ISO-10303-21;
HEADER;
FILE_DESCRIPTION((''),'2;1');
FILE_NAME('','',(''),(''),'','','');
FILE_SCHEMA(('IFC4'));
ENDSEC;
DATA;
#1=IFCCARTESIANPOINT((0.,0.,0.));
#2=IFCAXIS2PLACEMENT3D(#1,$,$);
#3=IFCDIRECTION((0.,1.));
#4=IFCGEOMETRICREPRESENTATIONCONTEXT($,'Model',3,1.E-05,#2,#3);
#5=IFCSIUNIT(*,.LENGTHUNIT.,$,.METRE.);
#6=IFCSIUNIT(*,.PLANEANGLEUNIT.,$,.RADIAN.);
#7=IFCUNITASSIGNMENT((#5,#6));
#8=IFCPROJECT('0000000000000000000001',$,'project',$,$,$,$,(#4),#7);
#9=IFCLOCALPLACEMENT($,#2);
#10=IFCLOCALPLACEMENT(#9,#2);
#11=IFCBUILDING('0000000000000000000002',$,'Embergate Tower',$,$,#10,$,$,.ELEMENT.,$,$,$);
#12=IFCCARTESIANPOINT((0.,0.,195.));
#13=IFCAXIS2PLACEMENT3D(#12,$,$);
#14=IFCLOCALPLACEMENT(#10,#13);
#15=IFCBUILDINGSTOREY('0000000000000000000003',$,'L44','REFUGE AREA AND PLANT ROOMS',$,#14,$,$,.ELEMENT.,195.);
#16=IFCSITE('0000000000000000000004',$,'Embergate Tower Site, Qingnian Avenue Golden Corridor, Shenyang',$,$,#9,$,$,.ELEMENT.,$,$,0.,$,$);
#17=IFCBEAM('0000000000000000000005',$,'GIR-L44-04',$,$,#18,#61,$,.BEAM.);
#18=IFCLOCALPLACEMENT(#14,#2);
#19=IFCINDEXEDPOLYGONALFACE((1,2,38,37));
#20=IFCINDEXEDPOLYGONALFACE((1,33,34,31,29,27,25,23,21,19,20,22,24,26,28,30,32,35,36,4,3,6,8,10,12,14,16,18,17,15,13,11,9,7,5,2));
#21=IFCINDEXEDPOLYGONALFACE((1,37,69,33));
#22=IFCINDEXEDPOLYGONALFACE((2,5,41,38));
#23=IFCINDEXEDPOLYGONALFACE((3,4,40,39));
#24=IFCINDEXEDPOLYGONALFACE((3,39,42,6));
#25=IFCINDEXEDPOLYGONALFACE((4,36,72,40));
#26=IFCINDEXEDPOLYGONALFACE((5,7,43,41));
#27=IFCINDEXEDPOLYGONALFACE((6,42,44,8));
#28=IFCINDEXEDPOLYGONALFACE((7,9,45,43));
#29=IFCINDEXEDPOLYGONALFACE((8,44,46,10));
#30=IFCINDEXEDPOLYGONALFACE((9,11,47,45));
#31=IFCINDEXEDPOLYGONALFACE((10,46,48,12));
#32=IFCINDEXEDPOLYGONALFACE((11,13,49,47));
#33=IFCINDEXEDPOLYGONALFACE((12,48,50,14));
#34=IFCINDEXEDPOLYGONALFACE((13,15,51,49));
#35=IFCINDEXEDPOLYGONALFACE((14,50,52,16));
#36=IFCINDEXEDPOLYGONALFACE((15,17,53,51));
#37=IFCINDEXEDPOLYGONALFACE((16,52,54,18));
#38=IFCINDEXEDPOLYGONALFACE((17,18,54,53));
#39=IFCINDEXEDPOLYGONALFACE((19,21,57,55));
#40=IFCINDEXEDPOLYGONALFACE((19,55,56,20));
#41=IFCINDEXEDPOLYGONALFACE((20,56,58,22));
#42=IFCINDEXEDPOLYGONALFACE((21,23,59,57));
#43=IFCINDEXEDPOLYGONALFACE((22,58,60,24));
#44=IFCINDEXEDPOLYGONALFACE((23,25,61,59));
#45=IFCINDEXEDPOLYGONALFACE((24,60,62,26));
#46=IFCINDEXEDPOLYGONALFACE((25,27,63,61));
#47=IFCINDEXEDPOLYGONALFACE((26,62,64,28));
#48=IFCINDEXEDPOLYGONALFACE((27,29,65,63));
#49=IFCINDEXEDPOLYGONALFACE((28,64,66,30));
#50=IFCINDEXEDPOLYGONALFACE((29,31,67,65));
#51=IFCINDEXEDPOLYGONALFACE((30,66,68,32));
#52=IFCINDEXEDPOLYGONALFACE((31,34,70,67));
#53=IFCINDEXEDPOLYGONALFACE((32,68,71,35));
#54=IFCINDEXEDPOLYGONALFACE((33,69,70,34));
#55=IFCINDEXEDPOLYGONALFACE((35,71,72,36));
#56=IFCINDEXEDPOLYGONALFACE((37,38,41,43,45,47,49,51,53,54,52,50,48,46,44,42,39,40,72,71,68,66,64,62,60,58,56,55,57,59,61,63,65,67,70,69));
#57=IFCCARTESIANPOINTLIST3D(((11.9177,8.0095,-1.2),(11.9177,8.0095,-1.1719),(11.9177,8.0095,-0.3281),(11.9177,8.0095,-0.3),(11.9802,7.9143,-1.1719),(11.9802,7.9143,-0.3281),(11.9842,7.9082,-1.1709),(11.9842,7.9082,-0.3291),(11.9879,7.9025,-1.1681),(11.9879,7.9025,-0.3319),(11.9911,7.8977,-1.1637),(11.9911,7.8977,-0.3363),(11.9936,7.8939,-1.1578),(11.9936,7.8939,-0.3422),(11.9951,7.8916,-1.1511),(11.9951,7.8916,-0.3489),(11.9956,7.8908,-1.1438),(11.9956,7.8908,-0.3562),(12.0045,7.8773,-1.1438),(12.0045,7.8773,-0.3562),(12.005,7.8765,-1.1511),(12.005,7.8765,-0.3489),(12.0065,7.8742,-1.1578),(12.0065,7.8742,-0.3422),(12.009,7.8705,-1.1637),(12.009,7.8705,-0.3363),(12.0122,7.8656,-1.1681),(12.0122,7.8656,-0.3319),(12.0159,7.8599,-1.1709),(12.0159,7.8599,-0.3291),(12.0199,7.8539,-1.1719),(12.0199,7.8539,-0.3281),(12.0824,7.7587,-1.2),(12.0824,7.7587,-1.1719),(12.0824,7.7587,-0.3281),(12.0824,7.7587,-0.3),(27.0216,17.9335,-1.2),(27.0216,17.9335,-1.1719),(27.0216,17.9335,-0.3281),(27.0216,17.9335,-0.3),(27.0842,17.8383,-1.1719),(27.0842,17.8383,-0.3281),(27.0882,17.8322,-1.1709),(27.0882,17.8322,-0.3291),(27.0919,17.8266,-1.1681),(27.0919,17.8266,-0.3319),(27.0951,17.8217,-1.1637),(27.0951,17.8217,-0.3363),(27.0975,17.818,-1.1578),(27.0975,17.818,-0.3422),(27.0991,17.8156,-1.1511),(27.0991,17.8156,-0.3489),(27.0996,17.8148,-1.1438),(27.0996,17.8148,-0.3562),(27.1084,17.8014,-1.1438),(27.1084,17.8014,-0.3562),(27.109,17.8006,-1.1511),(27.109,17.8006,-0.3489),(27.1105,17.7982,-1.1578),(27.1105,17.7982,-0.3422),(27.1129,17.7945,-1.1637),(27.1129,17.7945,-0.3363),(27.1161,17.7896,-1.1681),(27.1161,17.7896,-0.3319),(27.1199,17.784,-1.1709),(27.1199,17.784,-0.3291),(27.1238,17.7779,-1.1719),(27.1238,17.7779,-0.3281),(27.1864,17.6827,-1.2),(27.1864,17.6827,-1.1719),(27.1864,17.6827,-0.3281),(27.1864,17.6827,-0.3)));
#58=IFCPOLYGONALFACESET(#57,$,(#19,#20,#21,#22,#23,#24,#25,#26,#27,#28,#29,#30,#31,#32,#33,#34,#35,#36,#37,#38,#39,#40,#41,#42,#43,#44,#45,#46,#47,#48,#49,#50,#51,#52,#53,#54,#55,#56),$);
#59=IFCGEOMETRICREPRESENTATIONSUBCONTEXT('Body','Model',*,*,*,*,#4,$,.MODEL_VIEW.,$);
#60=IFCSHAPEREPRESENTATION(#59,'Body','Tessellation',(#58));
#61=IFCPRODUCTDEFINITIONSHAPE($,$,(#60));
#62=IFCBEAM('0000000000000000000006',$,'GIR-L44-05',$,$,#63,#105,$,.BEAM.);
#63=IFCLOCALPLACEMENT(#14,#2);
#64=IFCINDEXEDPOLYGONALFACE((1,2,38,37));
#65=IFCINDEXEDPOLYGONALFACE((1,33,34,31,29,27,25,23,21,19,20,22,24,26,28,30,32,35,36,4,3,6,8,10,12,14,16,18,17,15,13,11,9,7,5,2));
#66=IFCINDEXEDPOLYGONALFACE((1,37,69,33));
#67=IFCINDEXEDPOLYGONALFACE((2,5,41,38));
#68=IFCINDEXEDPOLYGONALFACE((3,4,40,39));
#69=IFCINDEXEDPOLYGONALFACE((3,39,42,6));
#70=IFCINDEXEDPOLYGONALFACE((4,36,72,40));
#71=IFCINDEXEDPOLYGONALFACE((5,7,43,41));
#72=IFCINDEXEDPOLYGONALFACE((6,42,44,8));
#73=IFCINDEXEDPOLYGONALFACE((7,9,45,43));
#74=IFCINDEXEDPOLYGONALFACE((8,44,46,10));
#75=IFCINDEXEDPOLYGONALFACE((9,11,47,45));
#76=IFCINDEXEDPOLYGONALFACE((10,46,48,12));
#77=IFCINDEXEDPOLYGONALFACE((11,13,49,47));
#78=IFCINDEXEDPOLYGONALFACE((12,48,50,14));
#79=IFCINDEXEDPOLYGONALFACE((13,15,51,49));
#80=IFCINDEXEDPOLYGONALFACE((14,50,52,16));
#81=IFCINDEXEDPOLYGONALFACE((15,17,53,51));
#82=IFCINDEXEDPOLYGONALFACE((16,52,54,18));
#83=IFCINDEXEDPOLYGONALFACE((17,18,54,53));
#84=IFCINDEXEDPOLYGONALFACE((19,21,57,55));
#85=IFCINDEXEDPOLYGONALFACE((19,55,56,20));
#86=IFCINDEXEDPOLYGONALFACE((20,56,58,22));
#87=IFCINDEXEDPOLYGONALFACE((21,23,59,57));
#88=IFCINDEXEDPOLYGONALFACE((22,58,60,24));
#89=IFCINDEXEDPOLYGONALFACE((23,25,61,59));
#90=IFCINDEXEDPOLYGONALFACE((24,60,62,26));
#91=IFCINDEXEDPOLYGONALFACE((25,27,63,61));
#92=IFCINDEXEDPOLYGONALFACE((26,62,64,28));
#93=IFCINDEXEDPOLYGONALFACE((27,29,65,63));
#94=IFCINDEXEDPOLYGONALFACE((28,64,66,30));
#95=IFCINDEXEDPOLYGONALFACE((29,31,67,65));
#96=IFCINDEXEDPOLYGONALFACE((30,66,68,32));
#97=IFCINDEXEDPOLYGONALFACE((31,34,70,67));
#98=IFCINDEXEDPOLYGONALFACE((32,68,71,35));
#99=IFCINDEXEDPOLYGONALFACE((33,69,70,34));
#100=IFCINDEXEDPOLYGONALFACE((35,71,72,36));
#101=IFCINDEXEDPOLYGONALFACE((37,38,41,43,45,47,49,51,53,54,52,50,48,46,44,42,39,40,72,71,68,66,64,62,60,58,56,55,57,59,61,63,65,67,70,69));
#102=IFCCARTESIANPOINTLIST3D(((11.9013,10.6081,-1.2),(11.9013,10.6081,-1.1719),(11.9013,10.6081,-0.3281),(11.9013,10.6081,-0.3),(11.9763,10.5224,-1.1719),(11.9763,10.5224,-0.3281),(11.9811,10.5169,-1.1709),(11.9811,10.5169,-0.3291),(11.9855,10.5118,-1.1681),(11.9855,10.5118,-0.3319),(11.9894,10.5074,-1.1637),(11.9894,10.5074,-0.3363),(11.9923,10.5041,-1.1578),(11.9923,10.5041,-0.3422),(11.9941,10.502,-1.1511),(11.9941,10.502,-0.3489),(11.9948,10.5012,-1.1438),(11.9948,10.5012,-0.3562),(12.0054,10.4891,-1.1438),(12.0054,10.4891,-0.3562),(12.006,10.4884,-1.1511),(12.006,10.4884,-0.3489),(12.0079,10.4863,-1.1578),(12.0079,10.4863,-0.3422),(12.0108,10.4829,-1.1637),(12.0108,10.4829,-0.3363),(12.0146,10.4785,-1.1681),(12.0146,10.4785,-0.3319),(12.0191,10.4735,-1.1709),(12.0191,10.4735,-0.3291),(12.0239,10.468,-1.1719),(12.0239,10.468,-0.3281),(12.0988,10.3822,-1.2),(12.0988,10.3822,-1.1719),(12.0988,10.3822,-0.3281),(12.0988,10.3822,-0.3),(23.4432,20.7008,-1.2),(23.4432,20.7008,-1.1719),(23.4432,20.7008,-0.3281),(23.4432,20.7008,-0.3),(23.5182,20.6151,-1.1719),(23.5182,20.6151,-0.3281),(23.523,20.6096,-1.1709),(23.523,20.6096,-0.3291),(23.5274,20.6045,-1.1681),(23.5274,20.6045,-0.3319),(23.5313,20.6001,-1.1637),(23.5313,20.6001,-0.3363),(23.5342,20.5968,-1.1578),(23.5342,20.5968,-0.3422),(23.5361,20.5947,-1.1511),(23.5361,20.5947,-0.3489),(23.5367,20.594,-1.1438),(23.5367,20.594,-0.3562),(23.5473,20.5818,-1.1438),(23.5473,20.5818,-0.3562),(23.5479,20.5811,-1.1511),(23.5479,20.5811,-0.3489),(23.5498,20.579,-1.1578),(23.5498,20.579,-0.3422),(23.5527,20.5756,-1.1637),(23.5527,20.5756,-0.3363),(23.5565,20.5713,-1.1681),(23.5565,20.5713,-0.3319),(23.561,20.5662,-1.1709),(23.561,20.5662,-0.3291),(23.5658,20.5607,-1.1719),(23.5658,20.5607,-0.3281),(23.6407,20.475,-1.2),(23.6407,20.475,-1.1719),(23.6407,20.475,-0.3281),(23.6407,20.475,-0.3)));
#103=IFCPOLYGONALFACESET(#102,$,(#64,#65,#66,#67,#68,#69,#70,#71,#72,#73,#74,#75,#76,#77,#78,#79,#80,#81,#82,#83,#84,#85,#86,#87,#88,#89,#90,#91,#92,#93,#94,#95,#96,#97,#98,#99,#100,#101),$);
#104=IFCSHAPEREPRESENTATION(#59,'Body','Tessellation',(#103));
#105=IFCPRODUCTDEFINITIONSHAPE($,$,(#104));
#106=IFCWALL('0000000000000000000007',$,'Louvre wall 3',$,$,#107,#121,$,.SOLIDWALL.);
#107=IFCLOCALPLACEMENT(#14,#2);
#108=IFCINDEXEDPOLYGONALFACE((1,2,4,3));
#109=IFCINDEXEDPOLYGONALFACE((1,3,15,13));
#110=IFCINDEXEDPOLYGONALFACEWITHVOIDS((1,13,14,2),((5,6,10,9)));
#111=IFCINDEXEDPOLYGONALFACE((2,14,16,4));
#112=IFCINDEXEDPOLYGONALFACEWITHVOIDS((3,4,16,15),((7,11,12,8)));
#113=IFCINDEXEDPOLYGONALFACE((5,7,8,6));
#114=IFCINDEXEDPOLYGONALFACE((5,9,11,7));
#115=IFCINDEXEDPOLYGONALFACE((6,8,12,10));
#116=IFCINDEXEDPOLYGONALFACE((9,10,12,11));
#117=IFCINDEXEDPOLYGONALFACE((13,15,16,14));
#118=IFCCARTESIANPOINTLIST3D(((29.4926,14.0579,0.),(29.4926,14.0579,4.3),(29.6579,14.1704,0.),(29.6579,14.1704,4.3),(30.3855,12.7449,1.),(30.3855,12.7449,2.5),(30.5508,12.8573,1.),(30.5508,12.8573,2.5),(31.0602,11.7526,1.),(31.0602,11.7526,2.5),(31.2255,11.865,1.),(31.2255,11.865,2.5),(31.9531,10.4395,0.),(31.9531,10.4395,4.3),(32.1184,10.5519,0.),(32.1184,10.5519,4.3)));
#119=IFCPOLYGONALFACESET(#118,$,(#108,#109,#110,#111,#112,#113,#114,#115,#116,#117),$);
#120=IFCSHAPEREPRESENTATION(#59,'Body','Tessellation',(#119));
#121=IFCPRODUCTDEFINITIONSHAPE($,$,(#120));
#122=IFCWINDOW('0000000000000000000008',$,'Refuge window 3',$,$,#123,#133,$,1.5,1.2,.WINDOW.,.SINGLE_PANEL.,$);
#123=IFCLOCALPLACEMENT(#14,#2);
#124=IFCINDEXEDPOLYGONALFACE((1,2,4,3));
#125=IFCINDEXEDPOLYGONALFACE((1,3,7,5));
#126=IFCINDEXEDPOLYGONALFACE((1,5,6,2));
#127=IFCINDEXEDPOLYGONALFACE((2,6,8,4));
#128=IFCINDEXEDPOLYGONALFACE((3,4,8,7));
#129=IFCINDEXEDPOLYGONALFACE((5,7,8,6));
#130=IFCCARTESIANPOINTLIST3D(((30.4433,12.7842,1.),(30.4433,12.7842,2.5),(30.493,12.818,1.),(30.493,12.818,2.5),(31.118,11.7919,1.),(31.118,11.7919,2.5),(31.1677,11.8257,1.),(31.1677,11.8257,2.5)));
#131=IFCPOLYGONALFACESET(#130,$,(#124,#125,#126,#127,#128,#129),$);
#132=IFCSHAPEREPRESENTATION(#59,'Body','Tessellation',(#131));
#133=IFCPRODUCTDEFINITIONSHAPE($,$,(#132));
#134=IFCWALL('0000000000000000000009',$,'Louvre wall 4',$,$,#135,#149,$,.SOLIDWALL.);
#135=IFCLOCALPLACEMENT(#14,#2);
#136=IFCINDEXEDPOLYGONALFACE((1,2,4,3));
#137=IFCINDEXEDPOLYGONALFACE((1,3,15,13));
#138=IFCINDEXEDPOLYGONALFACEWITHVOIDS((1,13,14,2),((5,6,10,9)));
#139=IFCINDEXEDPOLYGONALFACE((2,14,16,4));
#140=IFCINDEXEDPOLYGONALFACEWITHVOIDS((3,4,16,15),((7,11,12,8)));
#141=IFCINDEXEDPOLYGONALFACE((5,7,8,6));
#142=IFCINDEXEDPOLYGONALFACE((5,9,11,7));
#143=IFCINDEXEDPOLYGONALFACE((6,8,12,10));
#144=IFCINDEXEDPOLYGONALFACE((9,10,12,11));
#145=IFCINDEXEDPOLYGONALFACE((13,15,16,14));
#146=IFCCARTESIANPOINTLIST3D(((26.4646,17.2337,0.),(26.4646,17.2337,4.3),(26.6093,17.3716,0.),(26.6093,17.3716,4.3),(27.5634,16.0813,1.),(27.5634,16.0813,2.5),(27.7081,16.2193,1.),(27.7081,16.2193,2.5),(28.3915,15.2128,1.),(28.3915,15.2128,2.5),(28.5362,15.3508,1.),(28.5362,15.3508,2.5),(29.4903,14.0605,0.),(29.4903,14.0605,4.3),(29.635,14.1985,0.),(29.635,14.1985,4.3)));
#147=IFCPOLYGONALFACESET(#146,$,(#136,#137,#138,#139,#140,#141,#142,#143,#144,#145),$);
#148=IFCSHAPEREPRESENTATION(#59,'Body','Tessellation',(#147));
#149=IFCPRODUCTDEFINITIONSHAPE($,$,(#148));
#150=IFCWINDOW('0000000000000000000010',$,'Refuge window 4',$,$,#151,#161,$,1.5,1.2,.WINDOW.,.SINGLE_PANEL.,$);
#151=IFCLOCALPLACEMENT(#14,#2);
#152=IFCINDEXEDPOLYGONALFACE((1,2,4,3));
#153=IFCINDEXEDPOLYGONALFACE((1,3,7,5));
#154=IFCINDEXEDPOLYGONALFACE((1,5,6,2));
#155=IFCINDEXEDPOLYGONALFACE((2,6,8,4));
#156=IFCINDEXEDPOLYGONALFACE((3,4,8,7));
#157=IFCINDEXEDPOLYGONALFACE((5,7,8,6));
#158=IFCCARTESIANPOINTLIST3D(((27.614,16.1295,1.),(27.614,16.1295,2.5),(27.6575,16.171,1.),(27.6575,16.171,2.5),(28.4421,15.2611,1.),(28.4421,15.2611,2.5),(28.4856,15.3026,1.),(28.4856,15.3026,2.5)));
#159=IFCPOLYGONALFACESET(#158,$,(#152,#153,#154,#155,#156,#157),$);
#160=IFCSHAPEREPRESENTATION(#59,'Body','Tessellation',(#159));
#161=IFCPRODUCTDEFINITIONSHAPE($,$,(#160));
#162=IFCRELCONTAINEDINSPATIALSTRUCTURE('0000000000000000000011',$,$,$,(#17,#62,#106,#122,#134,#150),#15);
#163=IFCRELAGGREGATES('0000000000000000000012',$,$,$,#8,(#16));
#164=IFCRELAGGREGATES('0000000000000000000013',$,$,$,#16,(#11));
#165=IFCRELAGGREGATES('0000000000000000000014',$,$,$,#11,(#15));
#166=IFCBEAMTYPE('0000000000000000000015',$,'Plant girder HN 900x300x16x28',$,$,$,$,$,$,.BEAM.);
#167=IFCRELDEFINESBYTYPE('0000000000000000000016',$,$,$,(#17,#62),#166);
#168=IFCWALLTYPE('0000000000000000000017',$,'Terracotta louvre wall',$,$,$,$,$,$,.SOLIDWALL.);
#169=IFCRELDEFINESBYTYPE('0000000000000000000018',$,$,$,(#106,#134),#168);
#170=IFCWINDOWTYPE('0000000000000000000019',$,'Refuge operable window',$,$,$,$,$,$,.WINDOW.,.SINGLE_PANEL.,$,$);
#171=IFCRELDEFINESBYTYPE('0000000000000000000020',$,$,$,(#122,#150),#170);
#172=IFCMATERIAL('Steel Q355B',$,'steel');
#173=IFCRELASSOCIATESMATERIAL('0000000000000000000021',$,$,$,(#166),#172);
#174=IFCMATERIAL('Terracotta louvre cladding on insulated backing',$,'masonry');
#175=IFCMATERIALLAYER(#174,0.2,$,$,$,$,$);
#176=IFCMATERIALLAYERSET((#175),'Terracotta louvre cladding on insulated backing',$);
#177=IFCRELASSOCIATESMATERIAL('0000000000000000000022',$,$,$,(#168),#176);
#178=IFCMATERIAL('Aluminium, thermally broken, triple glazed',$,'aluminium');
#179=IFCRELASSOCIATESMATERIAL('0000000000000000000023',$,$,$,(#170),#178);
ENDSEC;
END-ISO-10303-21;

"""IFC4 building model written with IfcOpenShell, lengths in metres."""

from ifc_helpers import new_model, si_unit, direction, frame, frame_2d, origin, origin_2d, place, context, subcontext, project, spatial, rectangle, i_section, extrude, source, transform, mapped, material, layer, layer_set, material_profile, profile_set, type_object, element, fill, save


model = new_model("IFC4")

# Units and contexts
model_context = context("Model", 3, precision=1e-05, world=origin(), true_north=direction((0.0, 1.0)))
body_context = subcontext(model_context, "Body", "Model", "MODEL_VIEW")
ifc_project = project(units=[si_unit("LENGTHUNIT", "METRE"), si_unit("PLANEANGLEUNIT", "RADIAN")], contexts=[model_context])

# Site, building, storey
site_placement = place(None, origin())
site = spatial("IfcSite", under=ifc_project, at=site_placement, Name="Embergate Tower Site, Qingnian Avenue Golden Corridor, Shenyang", CompositionType="ELEMENT", RefElevation=0.0)
building_placement = place(site_placement, origin())
building = spatial("IfcBuilding", under=site, at=building_placement, Name="Embergate Tower", CompositionType="ELEMENT")
storey_placement = place(building_placement, frame((0.0, 0.0, 195.0)))
storey = spatial("IfcBuildingStorey", under=building, at=storey_placement, Name="L44", Description="REFUGE AREA AND PLANT ROOMS", CompositionType="ELEMENT", Elevation=195.0)

# Beams
ifc_material_1 = material(Name="Steel Q355B", Category="steel")
ifc_material_profile_1 = material_profile(ifc_material_1, i_section(OverallWidth=0.3, OverallDepth=0.8999, WebThickness=0.0161, FlangeThickness=0.0281, FilletRadius=0.0281, at=origin_2d()), Name="HN 900x300x16x28")
ifc_profile_set_1 = profile_set([ifc_material_profile_1], Name="Steel Q355 grade B")
beam_type_1 = type_object("IfcBeamType", Name="Plant girder HN 900x300x16x28", PredefinedType="BEAM", material=ifc_profile_set_1)
shared_shape_1 = source(origin(), body_context, "Body", "SweptSolid", [
    extrude(i_section(OverallWidth=0.3, OverallDepth=0.8999, WebThickness=0.0161, FlangeThickness=0.0281, FilletRadius=0.0281, at=origin_2d()), origin(), (0.0, 0.0, 1.0), 18.0725),
])
beam_1_placement = place(storey_placement, frame((27.104, 17.8081, -0.75), z_axis=(-0.835741, -0.549123, 0.0), x_axis=(0.549123, -0.835741, 0.0)))
element("IfcBeam", 1, at=beam_1_placement, inside=storey, type_object=beam_type_1, Name="GIR-L44-04", PredefinedType="BEAM", context=body_context, shape_type="MappedRepresentation", body=[
    mapped(shared_shape_1, transform((0.0, 0.0, 0.0))),
])
shared_shape_2 = source(origin(), body_context, "Body", "SweptSolid", [
    extrude(i_section(OverallWidth=0.3, OverallDepth=0.8999, WebThickness=0.0161, FlangeThickness=0.0281, FilletRadius=0.0281, at=origin_2d()), origin(), (0.0, 0.0, 1.0), 15.3323),
])
beam_2_placement = place(storey_placement, frame((23.542, 20.5879, -0.75), z_axis=(-0.752786, -0.658266, 0.0), x_axis=(0.658266, -0.752786, 0.0)))
element("IfcBeam", 2, at=beam_2_placement, inside=storey, type_object=beam_type_1, Name="GIR-L44-05", PredefinedType="BEAM", context=body_context, shape_type="MappedRepresentation", body=[
    mapped(shared_shape_2, transform((0.0, 0.0, 0.0))),
])

# Walls, openings, windows
ifc_material_2 = material(Name="Terracotta louvre cladding on insulated backing", Category="masonry")
ifc_layer_1 = layer(ifc_material_2, 0.2)
ifc_layer_set_1 = layer_set([ifc_layer_1], Name="Terracotta louvre cladding on insulated backing")
wall_type = type_object("IfcWallType", Name="Terracotta louvre wall", PredefinedType="SOLIDWALL", material=ifc_layer_set_1)
shared_shape_3 = source(origin(), body_context, "Body", "SweptSolid", [
    extrude(rectangle(XDim=4.3757, YDim=0.2, at=frame_2d((2.188, 0.0))), origin(), (0.0, 0.0, 1.0), 4.3),
])
wall_1_placement = place(storey_placement, frame((29.5752, 14.1143, 0.0), z_axis=(0.0, 0.0, 1.0), x_axis=(0.562299, -0.826934, 0.0)))
wall_1 = element("IfcWall", 3, at=wall_1_placement, inside=storey, type_object=wall_type, Name="Louvre wall 3", PredefinedType="SOLIDWALL", context=body_context, shape_type="MappedRepresentation", body=[
    mapped(shared_shape_3, transform((0.0, 0.0, 0.0))),
])
shared_shape_4 = source(origin(), body_context, "Body", "SweptSolid", [
    extrude(rectangle(XDim=1.2, YDim=1.5, at=frame_2d((0.6001, 0.75))), frame((0.0, 0.1099, 0.0), z_axis=(0.0, -1.0, 0.0), x_axis=(1.0, 0.0, 0.0)), (0.0, 0.0, 1.0), 0.22),
])
opening_1_placement = place(wall_1_placement, frame((1.5879, 0.0, 1.0)))
opening_1 = element("IfcOpeningElement", 4, at=opening_1_placement, cuts=wall_1, PredefinedType="OPENING", context=body_context, shape_type="MappedRepresentation", body=[
    mapped(shared_shape_4, transform((0.0, 0.0, 0.0))),
])
ifc_material_3 = material(Name="Aluminium, thermally broken, triple glazed", Category="aluminium")
window_type = type_object("IfcWindowType", Name="Refuge operable window", PartitioningType="SINGLE_PANEL", PredefinedType="WINDOW", material=ifc_material_3)
shared_shape_5 = source(origin(), body_context, "Body", "SweptSolid", [
    extrude(rectangle(XDim=1.2, YDim=1.5, at=frame_2d((0.6001, 0.75))), frame((0.0, 0.03, 0.0), z_axis=(0.0, -1.0, 0.0), x_axis=(1.0, 0.0, 0.0)), (0.0, 0.0, 1.0), 0.0601),
])
window_1_placement = place(opening_1_placement, origin())
window_1 = element("IfcWindow", 5, at=window_1_placement, inside=storey, type_object=window_type, Name="Refuge window 3", OverallHeight=1.5, OverallWidth=1.2, PartitioningType="SINGLE_PANEL", PredefinedType="WINDOW", context=body_context, shape_type="MappedRepresentation", body=[
    mapped(shared_shape_5, transform((0.0, 0.0, 0.0))),
])
fill(opening_1, window_1)
shared_shape_6 = source(origin(), body_context, "Body", "SweptSolid", [
    extrude(rectangle(XDim=4.3845, YDim=0.2, at=frame_2d((2.1924, 0.0))), origin(), (0.0, 0.0, 1.0), 4.3),
])
wall_2_placement = place(storey_placement, frame((26.5369, 17.3027, 0.0), z_axis=(0.0, 0.0, 1.0), x_axis=(0.69009, -0.723723, 0.0)))
wall_2 = element("IfcWall", 6, at=wall_2_placement, inside=storey, type_object=wall_type, Name="Louvre wall 4", PredefinedType="SOLIDWALL", context=body_context, shape_type="MappedRepresentation", body=[
    mapped(shared_shape_6, transform((0.0, 0.0, 0.0))),
])
opening_2_placement = place(wall_2_placement, frame((1.5923, 0.0, 1.0)))
opening_2 = element("IfcOpeningElement", 7, at=opening_2_placement, cuts=wall_2, PredefinedType="OPENING", context=body_context, shape_type="MappedRepresentation", body=[
    mapped(shared_shape_4, transform((0.0, 0.0, 0.0))),
])
window_2_placement = place(opening_2_placement, origin())
window_2 = element("IfcWindow", 8, at=window_2_placement, inside=storey, type_object=window_type, Name="Refuge window 4", OverallHeight=1.5, OverallWidth=1.2, PartitioningType="SINGLE_PANEL", PredefinedType="WINDOW", context=body_context, shape_type="MappedRepresentation", body=[
    mapped(shared_shape_5, transform((0.0, 0.0, 0.0))),
])
fill(opening_2, window_2)

save(model, "model.ifc")
